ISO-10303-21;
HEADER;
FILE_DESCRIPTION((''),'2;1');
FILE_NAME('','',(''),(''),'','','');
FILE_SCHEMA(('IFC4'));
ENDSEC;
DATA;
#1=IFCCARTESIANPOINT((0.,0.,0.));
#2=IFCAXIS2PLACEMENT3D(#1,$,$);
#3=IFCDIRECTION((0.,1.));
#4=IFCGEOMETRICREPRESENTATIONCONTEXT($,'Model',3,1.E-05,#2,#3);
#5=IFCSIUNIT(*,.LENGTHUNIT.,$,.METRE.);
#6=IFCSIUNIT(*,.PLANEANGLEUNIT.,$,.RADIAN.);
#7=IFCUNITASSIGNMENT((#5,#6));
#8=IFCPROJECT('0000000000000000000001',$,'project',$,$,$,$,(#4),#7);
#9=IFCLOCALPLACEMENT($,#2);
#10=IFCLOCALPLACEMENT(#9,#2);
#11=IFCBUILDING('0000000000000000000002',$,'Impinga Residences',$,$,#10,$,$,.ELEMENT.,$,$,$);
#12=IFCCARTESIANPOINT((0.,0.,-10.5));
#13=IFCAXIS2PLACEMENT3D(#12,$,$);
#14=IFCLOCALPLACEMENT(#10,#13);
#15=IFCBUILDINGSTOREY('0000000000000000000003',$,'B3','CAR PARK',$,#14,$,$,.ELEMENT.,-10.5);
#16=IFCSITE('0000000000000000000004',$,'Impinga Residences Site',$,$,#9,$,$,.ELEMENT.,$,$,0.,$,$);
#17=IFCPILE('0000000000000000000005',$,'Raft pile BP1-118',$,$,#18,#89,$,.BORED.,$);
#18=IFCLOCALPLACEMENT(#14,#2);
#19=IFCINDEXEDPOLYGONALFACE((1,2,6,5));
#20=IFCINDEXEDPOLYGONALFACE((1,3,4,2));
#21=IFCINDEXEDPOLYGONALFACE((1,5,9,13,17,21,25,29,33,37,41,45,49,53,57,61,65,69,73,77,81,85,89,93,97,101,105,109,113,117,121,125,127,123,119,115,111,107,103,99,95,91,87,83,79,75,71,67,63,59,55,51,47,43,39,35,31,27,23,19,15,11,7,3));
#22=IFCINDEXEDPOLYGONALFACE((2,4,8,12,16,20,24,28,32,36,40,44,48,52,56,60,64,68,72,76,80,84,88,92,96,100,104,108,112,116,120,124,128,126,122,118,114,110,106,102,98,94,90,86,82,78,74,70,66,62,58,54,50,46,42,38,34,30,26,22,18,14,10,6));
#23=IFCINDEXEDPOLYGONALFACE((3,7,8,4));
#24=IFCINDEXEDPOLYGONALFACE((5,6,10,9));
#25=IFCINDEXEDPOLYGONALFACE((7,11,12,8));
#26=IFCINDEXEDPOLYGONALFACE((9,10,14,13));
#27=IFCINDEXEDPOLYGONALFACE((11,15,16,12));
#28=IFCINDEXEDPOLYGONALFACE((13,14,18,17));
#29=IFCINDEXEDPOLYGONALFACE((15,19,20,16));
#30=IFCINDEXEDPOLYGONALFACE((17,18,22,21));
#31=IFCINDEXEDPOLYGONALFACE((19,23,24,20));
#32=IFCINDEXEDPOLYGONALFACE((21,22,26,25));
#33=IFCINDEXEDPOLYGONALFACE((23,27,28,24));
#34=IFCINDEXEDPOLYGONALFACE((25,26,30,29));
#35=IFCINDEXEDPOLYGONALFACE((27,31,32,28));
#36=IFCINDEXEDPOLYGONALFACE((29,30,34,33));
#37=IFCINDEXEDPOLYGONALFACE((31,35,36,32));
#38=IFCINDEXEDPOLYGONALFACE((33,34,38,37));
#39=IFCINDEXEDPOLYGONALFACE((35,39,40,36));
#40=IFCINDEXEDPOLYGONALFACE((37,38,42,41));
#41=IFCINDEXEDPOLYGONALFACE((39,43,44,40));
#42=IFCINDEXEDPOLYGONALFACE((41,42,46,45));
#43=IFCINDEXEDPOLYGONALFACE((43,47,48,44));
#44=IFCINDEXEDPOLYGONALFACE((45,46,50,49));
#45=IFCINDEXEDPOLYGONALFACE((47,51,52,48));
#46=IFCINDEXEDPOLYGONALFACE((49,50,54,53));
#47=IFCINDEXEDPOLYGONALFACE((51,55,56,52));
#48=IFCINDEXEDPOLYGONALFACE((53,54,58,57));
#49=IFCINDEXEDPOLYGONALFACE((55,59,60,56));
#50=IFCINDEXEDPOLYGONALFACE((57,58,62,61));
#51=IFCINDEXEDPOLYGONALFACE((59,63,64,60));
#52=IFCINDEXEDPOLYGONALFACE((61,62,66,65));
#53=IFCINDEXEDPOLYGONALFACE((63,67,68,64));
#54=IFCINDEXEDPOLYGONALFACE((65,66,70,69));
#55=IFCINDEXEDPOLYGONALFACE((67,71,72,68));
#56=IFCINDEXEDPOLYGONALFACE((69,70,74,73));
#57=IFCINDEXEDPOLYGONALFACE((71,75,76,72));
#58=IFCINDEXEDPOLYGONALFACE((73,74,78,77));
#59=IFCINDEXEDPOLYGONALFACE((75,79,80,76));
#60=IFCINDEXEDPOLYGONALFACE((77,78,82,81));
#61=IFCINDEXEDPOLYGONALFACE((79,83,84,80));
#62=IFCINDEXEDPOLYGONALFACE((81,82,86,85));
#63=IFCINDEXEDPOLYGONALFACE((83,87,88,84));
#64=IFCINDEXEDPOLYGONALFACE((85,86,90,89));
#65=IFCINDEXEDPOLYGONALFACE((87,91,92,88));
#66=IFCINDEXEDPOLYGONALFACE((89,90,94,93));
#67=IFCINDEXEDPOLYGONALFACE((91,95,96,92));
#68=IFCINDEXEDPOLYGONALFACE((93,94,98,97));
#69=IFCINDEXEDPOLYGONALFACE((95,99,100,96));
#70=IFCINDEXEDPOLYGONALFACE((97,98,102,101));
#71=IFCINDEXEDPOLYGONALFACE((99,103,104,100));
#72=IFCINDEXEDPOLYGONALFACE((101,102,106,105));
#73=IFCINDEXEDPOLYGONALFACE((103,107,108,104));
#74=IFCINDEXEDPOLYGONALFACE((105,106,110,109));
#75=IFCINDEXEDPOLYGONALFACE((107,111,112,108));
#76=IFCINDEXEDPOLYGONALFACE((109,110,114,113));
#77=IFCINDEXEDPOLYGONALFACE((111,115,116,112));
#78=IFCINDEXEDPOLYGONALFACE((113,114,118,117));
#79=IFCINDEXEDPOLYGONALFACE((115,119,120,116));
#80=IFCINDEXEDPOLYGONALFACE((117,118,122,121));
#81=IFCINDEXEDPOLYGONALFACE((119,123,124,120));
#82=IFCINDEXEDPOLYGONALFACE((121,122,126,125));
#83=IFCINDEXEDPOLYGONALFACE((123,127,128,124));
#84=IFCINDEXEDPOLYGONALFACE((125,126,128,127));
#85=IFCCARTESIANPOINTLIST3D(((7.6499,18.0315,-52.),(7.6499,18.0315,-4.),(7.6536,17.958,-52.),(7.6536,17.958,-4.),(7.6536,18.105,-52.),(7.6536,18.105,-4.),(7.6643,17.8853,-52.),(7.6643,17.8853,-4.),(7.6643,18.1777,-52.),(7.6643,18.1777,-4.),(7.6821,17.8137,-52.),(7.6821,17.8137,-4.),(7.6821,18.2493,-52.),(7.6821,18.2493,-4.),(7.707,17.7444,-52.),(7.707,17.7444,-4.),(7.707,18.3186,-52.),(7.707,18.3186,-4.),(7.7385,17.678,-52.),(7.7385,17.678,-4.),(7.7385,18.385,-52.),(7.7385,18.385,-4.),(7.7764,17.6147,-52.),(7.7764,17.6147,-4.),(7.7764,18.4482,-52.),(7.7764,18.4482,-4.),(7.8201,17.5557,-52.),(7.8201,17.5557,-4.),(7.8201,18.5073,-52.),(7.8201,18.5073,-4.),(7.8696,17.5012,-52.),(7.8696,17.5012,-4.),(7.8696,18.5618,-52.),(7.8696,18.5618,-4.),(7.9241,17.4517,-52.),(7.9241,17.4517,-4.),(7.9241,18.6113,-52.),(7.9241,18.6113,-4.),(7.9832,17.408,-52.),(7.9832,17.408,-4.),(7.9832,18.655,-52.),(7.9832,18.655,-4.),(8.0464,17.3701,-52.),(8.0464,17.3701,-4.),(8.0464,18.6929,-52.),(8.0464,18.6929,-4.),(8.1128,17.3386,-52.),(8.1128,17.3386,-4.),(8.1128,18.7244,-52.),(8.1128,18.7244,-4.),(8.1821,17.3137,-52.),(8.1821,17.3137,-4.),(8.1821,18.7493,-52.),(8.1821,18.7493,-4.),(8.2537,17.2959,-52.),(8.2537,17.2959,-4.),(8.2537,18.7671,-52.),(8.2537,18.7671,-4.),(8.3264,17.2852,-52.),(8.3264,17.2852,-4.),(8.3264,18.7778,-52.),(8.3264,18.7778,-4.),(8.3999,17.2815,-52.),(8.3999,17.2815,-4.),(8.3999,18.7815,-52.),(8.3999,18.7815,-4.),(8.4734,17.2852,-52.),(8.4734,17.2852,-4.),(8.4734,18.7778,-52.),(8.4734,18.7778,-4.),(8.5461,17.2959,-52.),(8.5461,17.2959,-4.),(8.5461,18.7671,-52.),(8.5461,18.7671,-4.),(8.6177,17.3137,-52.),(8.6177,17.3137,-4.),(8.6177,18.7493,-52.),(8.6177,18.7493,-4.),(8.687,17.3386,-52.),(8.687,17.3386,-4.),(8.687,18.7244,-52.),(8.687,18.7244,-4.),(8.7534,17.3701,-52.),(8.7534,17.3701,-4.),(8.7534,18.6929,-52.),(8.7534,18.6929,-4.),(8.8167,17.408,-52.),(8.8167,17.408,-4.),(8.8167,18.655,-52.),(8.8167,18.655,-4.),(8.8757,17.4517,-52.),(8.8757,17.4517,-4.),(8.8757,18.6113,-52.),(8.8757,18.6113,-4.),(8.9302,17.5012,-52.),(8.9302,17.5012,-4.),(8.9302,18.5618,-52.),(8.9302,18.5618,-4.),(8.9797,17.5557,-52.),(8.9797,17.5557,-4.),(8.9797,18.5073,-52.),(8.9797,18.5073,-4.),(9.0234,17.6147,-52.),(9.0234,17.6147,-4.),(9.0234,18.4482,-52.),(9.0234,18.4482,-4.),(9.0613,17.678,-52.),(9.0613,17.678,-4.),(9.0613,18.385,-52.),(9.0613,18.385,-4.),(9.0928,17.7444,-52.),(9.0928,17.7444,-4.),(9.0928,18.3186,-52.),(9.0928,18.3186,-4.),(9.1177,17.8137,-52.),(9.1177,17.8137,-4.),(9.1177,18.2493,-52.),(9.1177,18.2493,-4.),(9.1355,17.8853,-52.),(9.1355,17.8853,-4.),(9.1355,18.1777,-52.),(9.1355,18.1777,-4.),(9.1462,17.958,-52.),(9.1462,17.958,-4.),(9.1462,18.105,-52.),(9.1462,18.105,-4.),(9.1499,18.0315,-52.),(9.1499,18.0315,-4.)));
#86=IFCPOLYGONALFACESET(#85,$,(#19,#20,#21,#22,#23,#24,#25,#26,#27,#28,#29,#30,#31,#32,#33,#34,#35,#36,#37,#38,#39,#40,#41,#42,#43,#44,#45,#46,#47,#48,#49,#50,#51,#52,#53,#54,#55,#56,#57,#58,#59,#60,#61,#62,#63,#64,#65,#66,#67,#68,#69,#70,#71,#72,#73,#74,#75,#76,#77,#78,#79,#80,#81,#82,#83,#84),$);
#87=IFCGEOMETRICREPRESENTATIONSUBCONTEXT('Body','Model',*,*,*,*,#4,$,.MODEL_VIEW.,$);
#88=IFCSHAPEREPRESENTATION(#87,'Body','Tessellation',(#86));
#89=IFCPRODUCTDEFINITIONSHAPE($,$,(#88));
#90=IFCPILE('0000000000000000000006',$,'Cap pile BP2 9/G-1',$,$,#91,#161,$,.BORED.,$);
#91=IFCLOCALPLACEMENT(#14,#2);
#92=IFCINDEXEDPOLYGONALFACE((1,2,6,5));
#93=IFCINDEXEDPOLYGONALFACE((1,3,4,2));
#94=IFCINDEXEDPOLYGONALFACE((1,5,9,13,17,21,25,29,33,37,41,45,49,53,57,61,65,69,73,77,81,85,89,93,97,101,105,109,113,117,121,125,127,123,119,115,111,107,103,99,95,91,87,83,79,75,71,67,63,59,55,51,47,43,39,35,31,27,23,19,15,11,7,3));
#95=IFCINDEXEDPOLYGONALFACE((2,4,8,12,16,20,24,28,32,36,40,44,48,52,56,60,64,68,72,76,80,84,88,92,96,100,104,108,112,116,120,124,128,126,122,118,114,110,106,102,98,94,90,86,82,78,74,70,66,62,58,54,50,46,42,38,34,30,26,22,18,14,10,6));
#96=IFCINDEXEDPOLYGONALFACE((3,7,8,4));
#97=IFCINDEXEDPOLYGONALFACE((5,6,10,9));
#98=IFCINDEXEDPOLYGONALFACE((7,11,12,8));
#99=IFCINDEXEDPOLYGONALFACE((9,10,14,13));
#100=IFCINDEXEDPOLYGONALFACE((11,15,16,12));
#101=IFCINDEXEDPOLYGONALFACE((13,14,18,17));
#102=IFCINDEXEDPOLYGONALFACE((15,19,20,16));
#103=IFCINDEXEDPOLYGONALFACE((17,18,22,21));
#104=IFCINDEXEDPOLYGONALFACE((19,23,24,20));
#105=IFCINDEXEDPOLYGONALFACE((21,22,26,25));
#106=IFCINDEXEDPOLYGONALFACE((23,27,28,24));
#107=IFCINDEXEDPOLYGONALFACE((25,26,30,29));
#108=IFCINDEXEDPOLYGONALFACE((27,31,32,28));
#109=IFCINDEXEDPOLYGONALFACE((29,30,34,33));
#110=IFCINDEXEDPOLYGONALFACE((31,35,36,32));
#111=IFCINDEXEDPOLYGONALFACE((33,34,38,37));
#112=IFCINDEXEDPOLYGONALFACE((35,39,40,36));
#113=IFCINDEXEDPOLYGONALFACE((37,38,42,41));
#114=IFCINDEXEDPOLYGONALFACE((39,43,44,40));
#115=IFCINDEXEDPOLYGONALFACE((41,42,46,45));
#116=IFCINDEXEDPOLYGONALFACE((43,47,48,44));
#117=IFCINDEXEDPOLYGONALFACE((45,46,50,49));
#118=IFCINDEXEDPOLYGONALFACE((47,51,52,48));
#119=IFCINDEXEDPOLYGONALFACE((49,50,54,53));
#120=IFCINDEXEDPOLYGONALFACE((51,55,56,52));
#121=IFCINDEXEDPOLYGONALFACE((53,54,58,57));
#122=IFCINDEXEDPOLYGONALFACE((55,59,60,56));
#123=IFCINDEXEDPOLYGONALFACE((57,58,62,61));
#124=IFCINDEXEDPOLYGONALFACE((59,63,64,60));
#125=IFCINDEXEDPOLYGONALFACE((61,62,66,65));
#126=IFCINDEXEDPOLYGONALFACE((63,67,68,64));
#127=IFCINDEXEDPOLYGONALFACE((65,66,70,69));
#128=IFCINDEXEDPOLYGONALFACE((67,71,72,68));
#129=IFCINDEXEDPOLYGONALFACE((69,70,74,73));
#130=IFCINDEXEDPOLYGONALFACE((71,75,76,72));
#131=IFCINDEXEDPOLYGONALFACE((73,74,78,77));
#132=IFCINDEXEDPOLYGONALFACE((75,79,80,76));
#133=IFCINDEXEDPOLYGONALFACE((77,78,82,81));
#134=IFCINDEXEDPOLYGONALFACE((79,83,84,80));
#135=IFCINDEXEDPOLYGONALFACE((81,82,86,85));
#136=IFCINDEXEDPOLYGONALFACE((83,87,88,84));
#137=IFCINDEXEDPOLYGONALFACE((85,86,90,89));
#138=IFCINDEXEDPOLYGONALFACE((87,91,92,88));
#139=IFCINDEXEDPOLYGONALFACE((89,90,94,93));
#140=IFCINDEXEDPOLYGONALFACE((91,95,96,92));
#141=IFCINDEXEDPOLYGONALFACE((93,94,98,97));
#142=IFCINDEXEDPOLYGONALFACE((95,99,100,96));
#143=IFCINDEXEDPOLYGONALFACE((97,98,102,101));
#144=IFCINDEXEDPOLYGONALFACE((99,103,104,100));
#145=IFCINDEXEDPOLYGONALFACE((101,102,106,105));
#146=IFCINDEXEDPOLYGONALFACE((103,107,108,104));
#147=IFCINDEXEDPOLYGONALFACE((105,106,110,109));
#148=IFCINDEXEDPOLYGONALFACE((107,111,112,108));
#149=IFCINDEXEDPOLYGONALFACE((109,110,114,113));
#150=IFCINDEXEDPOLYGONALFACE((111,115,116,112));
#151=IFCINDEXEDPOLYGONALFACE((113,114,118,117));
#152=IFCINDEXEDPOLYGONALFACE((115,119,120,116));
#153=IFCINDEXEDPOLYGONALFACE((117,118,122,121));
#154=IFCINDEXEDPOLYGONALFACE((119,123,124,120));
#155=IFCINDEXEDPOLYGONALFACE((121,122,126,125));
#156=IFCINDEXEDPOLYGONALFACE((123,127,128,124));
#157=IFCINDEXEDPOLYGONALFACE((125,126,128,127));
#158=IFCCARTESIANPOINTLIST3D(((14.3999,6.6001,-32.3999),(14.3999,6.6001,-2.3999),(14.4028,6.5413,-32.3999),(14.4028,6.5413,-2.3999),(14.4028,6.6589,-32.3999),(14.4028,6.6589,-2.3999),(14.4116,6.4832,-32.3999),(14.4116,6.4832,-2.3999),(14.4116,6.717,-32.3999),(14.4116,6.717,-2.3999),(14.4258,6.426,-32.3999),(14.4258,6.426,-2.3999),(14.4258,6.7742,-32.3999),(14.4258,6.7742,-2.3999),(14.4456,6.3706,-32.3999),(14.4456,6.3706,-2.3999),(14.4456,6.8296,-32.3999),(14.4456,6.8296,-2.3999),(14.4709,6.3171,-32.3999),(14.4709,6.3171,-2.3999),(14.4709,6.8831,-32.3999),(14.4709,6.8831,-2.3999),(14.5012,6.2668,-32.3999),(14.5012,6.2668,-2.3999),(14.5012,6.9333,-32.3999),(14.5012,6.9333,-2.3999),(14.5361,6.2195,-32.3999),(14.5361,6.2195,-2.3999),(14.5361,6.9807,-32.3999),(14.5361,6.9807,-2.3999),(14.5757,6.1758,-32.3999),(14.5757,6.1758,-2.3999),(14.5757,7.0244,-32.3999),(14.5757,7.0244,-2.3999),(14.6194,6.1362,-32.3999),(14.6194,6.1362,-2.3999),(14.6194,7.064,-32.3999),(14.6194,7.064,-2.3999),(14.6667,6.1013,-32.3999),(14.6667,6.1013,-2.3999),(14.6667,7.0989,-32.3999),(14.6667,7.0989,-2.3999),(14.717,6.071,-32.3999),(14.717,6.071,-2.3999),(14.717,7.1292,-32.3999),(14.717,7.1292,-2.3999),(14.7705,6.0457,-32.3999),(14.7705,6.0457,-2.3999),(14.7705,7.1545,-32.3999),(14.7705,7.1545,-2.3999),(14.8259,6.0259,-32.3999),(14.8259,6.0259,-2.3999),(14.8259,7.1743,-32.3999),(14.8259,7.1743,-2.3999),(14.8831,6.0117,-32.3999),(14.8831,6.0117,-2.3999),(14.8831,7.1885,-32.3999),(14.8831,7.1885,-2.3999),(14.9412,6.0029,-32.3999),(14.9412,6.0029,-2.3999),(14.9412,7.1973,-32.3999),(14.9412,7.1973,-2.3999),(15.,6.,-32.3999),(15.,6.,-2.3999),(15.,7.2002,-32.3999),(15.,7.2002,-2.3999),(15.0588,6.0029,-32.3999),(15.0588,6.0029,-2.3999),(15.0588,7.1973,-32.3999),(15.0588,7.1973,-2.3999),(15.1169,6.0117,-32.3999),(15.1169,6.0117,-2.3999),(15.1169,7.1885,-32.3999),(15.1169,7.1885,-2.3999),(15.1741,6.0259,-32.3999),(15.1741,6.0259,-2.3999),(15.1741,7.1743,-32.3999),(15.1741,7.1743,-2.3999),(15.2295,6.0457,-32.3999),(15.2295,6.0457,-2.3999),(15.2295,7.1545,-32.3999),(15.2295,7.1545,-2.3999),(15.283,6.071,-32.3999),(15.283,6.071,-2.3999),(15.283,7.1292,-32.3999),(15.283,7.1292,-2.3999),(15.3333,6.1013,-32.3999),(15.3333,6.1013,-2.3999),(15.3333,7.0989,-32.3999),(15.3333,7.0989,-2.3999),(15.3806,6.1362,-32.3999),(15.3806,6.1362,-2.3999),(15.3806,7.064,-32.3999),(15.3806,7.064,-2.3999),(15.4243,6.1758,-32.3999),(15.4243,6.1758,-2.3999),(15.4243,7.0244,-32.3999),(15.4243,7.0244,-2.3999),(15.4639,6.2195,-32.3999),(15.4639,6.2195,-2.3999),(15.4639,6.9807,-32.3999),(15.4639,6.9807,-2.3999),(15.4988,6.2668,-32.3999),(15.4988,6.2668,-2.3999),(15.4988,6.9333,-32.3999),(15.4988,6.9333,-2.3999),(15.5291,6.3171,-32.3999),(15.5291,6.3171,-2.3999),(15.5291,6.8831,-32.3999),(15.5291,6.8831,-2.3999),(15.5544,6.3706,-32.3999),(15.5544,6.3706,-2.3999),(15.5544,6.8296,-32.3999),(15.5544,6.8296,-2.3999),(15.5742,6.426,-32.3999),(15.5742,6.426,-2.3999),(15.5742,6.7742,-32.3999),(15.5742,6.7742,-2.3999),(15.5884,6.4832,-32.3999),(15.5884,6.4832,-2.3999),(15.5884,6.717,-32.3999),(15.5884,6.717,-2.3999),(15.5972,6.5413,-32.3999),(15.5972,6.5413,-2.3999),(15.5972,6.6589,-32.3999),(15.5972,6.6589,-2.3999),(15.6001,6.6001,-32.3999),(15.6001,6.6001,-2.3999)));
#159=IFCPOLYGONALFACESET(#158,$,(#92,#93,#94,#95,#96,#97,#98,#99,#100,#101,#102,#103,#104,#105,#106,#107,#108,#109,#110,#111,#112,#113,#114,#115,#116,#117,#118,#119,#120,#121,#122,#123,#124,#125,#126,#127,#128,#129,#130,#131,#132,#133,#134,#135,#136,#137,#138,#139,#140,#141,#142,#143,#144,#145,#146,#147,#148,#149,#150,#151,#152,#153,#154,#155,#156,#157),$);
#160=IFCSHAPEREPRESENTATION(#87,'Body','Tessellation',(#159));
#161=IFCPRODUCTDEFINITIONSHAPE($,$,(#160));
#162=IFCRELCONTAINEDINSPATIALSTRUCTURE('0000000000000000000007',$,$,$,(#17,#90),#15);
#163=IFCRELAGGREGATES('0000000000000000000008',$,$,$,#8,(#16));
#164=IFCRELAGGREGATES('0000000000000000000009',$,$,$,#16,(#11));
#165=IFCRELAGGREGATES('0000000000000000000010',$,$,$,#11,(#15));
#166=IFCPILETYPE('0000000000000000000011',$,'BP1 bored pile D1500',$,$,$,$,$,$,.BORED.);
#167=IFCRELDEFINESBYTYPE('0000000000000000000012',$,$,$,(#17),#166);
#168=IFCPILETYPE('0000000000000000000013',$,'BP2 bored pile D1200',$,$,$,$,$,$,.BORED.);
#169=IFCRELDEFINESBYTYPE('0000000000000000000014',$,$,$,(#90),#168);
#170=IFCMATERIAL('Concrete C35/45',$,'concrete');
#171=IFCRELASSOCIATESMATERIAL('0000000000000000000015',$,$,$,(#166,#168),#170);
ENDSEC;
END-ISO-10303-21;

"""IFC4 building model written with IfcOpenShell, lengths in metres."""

from ifc_helpers import new_model, si_unit, direction, frame, origin, origin_2d, place, context, subcontext, project, spatial, polyline, circle, outline, extrude, material, material_profile, profile_set, type_object, element, save


model = new_model("IFC4")

# Units and contexts
model_context = context("Model", 3, precision=1e-05, world=origin(), true_north=direction((0.0, 1.0)))
body_context = subcontext(model_context, "Body", "Model", "MODEL_VIEW")
ifc_project = project(units=[si_unit("LENGTHUNIT", "METRE"), si_unit("PLANEANGLEUNIT", "RADIAN")], contexts=[model_context])

# Site, building, storey
site_placement = place(None, origin())
site = spatial("IfcSite", under=ifc_project, at=site_placement, Name="Impinga Residences Site", CompositionType="ELEMENT", RefElevation=0.0)
building_placement = place(site_placement, origin())
building = spatial("IfcBuilding", under=site, at=building_placement, Name="Impinga Residences", CompositionType="ELEMENT")
storey_placement = place(building_placement, frame((0.0, 0.0, -10.5)))
storey = spatial("IfcBuildingStorey", under=building, at=storey_placement, Name="B3", Description="CAR PARK", CompositionType="ELEMENT", Elevation=-10.5)

# Piles
ifc_material_1 = material(Name="Concrete C35/45", Category="concrete")
ifc_material_profile_1 = material_profile(ifc_material_1, circle(Radius=0.75, at=origin_2d()), Name="D1500")
ifc_profile_set_1 = profile_set([ifc_material_profile_1], Name="Concrete C35/45")
pile_type_1 = type_object("IfcPileType", Name="BP1 bored pile D1500", PredefinedType="BORED", material=ifc_profile_set_1)
pile_1_placement = place(storey_placement, frame((8.3999, 18.0315, -4.0), z_axis=(0.0, 0.0, -1.0), x_axis=(1.0, 0.0, 0.0)))
element("IfcPile", 1, at=pile_1_placement, inside=storey, type_object=pile_type_1, Name="Raft pile BP1-118", PredefinedType="BORED", context=body_context, shape_type="SweptSolid", body=[
    extrude(outline(polyline([(0.75, 0.0), (0.7463, 0.0735), (0.7356, 0.1462), (0.7178, 0.2178), (0.6929, 0.2871), (0.6614, 0.3535), (0.6235, 0.4167), (0.5798, 0.4758), (0.5303, 0.5303), (0.4758, 0.5798), (0.4167, 0.6235), (0.3535, 0.6614), (0.2871, 0.6929), (0.2178, 0.7178), (0.1462, 0.7356), (0.0735, 0.7463), (0.0, 0.75), (-0.0735, 0.7463), (-0.1462, 0.7356), (-0.2178, 0.7178), (-0.2871, 0.6929), (-0.3535, 0.6614), (-0.4167, 0.6235), (-0.4758, 0.5798), (-0.5303, 0.5303), (-0.5798, 0.4758), (-0.6235, 0.4167), (-0.6614, 0.3535), (-0.6929, 0.2871), (-0.7178, 0.2178), (-0.7356, 0.1462), (-0.7463, 0.0735), (-0.75, 0.0), (-0.7463, -0.0735), (-0.7356, -0.1462), (-0.7178, -0.2178), (-0.6929, -0.2871), (-0.6614, -0.3535), (-0.6235, -0.4167), (-0.5798, -0.4758), (-0.5303, -0.5303), (-0.4758, -0.5798), (-0.4167, -0.6235), (-0.3535, -0.6614), (-0.2871, -0.6929), (-0.2178, -0.7178), (-0.1462, -0.7356), (-0.0735, -0.7463), (0.0, -0.75), (0.0735, -0.7463), (0.1462, -0.7356), (0.2178, -0.7178), (0.2871, -0.6929), (0.3535, -0.6614), (0.4167, -0.6235), (0.4758, -0.5798), (0.5303, -0.5303), (0.5798, -0.4758), (0.6235, -0.4167), (0.6614, -0.3535), (0.6929, -0.2871), (0.7178, -0.2178), (0.7356, -0.1462), (0.7463, -0.0735), (0.75, 0.0)])), origin(), (0.0, 0.0, 1.0), 48.0),
])
ifc_material_profile_2 = material_profile(ifc_material_1, circle(Radius=0.6001, at=origin_2d()), Name="D1200")
ifc_profile_set_2 = profile_set([ifc_material_profile_2], Name="Concrete C35/45")
pile_type_2 = type_object("IfcPileType", Name="BP2 bored pile D1200", PredefinedType="BORED", material=ifc_profile_set_2)
pile_2_placement = place(storey_placement, frame((15.0, 6.6001, -2.3999), z_axis=(0.0, 0.0, -1.0), x_axis=(1.0, 0.0, 0.0)))
element("IfcPile", 2, at=pile_2_placement, inside=storey, type_object=pile_type_2, Name="Cap pile BP2 9/G-1", PredefinedType="BORED", context=body_context, shape_type="SweptSolid", body=[
    extrude(outline(polyline([(0.6001, 0.0), (0.5972, 0.0588), (0.5884, 0.1169), (0.5742, 0.1741), (0.5544, 0.2295), (0.5291, 0.283), (0.4988, 0.3333), (0.4639, 0.3806), (0.4243, 0.4243), (0.3806, 0.4639), (0.3333, 0.4988), (0.283, 0.5291), (0.2295, 0.5544), (0.1741, 0.5742), (0.1169, 0.5884), (0.0588, 0.5972), (0.0, 0.6001), (-0.0588, 0.5972), (-0.1169, 0.5884), (-0.1741, 0.5742), (-0.2295, 0.5544), (-0.283, 0.5291), (-0.3333, 0.4988), (-0.3806, 0.4639), (-0.4243, 0.4243), (-0.4639, 0.3806), (-0.4988, 0.3333), (-0.5291, 0.283), (-0.5544, 0.2295), (-0.5742, 0.1741), (-0.5884, 0.1169), (-0.5972, 0.0588), (-0.6001, 0.0), (-0.5972, -0.0588), (-0.5884, -0.1169), (-0.5742, -0.1741), (-0.5544, -0.2295), (-0.5291, -0.283), (-0.4988, -0.3333), (-0.4639, -0.3806), (-0.4243, -0.4243), (-0.3806, -0.4639), (-0.3333, -0.4988), (-0.283, -0.5291), (-0.2295, -0.5544), (-0.1741, -0.5742), (-0.1169, -0.5884), (-0.0588, -0.5972), (0.0, -0.6001), (0.0588, -0.5972), (0.1169, -0.5884), (0.1741, -0.5742), (0.2295, -0.5544), (0.283, -0.5291), (0.3333, -0.4988), (0.3806, -0.4639), (0.4243, -0.4243), (0.4639, -0.3806), (0.4988, -0.3333), (0.5291, -0.283), (0.5544, -0.2295), (0.5742, -0.1741), (0.5884, -0.1169), (0.5972, -0.0588), (0.6001, 0.0)])), origin(), (0.0, 0.0, 1.0), 30.0),
])

save(model, "model.ifc")
